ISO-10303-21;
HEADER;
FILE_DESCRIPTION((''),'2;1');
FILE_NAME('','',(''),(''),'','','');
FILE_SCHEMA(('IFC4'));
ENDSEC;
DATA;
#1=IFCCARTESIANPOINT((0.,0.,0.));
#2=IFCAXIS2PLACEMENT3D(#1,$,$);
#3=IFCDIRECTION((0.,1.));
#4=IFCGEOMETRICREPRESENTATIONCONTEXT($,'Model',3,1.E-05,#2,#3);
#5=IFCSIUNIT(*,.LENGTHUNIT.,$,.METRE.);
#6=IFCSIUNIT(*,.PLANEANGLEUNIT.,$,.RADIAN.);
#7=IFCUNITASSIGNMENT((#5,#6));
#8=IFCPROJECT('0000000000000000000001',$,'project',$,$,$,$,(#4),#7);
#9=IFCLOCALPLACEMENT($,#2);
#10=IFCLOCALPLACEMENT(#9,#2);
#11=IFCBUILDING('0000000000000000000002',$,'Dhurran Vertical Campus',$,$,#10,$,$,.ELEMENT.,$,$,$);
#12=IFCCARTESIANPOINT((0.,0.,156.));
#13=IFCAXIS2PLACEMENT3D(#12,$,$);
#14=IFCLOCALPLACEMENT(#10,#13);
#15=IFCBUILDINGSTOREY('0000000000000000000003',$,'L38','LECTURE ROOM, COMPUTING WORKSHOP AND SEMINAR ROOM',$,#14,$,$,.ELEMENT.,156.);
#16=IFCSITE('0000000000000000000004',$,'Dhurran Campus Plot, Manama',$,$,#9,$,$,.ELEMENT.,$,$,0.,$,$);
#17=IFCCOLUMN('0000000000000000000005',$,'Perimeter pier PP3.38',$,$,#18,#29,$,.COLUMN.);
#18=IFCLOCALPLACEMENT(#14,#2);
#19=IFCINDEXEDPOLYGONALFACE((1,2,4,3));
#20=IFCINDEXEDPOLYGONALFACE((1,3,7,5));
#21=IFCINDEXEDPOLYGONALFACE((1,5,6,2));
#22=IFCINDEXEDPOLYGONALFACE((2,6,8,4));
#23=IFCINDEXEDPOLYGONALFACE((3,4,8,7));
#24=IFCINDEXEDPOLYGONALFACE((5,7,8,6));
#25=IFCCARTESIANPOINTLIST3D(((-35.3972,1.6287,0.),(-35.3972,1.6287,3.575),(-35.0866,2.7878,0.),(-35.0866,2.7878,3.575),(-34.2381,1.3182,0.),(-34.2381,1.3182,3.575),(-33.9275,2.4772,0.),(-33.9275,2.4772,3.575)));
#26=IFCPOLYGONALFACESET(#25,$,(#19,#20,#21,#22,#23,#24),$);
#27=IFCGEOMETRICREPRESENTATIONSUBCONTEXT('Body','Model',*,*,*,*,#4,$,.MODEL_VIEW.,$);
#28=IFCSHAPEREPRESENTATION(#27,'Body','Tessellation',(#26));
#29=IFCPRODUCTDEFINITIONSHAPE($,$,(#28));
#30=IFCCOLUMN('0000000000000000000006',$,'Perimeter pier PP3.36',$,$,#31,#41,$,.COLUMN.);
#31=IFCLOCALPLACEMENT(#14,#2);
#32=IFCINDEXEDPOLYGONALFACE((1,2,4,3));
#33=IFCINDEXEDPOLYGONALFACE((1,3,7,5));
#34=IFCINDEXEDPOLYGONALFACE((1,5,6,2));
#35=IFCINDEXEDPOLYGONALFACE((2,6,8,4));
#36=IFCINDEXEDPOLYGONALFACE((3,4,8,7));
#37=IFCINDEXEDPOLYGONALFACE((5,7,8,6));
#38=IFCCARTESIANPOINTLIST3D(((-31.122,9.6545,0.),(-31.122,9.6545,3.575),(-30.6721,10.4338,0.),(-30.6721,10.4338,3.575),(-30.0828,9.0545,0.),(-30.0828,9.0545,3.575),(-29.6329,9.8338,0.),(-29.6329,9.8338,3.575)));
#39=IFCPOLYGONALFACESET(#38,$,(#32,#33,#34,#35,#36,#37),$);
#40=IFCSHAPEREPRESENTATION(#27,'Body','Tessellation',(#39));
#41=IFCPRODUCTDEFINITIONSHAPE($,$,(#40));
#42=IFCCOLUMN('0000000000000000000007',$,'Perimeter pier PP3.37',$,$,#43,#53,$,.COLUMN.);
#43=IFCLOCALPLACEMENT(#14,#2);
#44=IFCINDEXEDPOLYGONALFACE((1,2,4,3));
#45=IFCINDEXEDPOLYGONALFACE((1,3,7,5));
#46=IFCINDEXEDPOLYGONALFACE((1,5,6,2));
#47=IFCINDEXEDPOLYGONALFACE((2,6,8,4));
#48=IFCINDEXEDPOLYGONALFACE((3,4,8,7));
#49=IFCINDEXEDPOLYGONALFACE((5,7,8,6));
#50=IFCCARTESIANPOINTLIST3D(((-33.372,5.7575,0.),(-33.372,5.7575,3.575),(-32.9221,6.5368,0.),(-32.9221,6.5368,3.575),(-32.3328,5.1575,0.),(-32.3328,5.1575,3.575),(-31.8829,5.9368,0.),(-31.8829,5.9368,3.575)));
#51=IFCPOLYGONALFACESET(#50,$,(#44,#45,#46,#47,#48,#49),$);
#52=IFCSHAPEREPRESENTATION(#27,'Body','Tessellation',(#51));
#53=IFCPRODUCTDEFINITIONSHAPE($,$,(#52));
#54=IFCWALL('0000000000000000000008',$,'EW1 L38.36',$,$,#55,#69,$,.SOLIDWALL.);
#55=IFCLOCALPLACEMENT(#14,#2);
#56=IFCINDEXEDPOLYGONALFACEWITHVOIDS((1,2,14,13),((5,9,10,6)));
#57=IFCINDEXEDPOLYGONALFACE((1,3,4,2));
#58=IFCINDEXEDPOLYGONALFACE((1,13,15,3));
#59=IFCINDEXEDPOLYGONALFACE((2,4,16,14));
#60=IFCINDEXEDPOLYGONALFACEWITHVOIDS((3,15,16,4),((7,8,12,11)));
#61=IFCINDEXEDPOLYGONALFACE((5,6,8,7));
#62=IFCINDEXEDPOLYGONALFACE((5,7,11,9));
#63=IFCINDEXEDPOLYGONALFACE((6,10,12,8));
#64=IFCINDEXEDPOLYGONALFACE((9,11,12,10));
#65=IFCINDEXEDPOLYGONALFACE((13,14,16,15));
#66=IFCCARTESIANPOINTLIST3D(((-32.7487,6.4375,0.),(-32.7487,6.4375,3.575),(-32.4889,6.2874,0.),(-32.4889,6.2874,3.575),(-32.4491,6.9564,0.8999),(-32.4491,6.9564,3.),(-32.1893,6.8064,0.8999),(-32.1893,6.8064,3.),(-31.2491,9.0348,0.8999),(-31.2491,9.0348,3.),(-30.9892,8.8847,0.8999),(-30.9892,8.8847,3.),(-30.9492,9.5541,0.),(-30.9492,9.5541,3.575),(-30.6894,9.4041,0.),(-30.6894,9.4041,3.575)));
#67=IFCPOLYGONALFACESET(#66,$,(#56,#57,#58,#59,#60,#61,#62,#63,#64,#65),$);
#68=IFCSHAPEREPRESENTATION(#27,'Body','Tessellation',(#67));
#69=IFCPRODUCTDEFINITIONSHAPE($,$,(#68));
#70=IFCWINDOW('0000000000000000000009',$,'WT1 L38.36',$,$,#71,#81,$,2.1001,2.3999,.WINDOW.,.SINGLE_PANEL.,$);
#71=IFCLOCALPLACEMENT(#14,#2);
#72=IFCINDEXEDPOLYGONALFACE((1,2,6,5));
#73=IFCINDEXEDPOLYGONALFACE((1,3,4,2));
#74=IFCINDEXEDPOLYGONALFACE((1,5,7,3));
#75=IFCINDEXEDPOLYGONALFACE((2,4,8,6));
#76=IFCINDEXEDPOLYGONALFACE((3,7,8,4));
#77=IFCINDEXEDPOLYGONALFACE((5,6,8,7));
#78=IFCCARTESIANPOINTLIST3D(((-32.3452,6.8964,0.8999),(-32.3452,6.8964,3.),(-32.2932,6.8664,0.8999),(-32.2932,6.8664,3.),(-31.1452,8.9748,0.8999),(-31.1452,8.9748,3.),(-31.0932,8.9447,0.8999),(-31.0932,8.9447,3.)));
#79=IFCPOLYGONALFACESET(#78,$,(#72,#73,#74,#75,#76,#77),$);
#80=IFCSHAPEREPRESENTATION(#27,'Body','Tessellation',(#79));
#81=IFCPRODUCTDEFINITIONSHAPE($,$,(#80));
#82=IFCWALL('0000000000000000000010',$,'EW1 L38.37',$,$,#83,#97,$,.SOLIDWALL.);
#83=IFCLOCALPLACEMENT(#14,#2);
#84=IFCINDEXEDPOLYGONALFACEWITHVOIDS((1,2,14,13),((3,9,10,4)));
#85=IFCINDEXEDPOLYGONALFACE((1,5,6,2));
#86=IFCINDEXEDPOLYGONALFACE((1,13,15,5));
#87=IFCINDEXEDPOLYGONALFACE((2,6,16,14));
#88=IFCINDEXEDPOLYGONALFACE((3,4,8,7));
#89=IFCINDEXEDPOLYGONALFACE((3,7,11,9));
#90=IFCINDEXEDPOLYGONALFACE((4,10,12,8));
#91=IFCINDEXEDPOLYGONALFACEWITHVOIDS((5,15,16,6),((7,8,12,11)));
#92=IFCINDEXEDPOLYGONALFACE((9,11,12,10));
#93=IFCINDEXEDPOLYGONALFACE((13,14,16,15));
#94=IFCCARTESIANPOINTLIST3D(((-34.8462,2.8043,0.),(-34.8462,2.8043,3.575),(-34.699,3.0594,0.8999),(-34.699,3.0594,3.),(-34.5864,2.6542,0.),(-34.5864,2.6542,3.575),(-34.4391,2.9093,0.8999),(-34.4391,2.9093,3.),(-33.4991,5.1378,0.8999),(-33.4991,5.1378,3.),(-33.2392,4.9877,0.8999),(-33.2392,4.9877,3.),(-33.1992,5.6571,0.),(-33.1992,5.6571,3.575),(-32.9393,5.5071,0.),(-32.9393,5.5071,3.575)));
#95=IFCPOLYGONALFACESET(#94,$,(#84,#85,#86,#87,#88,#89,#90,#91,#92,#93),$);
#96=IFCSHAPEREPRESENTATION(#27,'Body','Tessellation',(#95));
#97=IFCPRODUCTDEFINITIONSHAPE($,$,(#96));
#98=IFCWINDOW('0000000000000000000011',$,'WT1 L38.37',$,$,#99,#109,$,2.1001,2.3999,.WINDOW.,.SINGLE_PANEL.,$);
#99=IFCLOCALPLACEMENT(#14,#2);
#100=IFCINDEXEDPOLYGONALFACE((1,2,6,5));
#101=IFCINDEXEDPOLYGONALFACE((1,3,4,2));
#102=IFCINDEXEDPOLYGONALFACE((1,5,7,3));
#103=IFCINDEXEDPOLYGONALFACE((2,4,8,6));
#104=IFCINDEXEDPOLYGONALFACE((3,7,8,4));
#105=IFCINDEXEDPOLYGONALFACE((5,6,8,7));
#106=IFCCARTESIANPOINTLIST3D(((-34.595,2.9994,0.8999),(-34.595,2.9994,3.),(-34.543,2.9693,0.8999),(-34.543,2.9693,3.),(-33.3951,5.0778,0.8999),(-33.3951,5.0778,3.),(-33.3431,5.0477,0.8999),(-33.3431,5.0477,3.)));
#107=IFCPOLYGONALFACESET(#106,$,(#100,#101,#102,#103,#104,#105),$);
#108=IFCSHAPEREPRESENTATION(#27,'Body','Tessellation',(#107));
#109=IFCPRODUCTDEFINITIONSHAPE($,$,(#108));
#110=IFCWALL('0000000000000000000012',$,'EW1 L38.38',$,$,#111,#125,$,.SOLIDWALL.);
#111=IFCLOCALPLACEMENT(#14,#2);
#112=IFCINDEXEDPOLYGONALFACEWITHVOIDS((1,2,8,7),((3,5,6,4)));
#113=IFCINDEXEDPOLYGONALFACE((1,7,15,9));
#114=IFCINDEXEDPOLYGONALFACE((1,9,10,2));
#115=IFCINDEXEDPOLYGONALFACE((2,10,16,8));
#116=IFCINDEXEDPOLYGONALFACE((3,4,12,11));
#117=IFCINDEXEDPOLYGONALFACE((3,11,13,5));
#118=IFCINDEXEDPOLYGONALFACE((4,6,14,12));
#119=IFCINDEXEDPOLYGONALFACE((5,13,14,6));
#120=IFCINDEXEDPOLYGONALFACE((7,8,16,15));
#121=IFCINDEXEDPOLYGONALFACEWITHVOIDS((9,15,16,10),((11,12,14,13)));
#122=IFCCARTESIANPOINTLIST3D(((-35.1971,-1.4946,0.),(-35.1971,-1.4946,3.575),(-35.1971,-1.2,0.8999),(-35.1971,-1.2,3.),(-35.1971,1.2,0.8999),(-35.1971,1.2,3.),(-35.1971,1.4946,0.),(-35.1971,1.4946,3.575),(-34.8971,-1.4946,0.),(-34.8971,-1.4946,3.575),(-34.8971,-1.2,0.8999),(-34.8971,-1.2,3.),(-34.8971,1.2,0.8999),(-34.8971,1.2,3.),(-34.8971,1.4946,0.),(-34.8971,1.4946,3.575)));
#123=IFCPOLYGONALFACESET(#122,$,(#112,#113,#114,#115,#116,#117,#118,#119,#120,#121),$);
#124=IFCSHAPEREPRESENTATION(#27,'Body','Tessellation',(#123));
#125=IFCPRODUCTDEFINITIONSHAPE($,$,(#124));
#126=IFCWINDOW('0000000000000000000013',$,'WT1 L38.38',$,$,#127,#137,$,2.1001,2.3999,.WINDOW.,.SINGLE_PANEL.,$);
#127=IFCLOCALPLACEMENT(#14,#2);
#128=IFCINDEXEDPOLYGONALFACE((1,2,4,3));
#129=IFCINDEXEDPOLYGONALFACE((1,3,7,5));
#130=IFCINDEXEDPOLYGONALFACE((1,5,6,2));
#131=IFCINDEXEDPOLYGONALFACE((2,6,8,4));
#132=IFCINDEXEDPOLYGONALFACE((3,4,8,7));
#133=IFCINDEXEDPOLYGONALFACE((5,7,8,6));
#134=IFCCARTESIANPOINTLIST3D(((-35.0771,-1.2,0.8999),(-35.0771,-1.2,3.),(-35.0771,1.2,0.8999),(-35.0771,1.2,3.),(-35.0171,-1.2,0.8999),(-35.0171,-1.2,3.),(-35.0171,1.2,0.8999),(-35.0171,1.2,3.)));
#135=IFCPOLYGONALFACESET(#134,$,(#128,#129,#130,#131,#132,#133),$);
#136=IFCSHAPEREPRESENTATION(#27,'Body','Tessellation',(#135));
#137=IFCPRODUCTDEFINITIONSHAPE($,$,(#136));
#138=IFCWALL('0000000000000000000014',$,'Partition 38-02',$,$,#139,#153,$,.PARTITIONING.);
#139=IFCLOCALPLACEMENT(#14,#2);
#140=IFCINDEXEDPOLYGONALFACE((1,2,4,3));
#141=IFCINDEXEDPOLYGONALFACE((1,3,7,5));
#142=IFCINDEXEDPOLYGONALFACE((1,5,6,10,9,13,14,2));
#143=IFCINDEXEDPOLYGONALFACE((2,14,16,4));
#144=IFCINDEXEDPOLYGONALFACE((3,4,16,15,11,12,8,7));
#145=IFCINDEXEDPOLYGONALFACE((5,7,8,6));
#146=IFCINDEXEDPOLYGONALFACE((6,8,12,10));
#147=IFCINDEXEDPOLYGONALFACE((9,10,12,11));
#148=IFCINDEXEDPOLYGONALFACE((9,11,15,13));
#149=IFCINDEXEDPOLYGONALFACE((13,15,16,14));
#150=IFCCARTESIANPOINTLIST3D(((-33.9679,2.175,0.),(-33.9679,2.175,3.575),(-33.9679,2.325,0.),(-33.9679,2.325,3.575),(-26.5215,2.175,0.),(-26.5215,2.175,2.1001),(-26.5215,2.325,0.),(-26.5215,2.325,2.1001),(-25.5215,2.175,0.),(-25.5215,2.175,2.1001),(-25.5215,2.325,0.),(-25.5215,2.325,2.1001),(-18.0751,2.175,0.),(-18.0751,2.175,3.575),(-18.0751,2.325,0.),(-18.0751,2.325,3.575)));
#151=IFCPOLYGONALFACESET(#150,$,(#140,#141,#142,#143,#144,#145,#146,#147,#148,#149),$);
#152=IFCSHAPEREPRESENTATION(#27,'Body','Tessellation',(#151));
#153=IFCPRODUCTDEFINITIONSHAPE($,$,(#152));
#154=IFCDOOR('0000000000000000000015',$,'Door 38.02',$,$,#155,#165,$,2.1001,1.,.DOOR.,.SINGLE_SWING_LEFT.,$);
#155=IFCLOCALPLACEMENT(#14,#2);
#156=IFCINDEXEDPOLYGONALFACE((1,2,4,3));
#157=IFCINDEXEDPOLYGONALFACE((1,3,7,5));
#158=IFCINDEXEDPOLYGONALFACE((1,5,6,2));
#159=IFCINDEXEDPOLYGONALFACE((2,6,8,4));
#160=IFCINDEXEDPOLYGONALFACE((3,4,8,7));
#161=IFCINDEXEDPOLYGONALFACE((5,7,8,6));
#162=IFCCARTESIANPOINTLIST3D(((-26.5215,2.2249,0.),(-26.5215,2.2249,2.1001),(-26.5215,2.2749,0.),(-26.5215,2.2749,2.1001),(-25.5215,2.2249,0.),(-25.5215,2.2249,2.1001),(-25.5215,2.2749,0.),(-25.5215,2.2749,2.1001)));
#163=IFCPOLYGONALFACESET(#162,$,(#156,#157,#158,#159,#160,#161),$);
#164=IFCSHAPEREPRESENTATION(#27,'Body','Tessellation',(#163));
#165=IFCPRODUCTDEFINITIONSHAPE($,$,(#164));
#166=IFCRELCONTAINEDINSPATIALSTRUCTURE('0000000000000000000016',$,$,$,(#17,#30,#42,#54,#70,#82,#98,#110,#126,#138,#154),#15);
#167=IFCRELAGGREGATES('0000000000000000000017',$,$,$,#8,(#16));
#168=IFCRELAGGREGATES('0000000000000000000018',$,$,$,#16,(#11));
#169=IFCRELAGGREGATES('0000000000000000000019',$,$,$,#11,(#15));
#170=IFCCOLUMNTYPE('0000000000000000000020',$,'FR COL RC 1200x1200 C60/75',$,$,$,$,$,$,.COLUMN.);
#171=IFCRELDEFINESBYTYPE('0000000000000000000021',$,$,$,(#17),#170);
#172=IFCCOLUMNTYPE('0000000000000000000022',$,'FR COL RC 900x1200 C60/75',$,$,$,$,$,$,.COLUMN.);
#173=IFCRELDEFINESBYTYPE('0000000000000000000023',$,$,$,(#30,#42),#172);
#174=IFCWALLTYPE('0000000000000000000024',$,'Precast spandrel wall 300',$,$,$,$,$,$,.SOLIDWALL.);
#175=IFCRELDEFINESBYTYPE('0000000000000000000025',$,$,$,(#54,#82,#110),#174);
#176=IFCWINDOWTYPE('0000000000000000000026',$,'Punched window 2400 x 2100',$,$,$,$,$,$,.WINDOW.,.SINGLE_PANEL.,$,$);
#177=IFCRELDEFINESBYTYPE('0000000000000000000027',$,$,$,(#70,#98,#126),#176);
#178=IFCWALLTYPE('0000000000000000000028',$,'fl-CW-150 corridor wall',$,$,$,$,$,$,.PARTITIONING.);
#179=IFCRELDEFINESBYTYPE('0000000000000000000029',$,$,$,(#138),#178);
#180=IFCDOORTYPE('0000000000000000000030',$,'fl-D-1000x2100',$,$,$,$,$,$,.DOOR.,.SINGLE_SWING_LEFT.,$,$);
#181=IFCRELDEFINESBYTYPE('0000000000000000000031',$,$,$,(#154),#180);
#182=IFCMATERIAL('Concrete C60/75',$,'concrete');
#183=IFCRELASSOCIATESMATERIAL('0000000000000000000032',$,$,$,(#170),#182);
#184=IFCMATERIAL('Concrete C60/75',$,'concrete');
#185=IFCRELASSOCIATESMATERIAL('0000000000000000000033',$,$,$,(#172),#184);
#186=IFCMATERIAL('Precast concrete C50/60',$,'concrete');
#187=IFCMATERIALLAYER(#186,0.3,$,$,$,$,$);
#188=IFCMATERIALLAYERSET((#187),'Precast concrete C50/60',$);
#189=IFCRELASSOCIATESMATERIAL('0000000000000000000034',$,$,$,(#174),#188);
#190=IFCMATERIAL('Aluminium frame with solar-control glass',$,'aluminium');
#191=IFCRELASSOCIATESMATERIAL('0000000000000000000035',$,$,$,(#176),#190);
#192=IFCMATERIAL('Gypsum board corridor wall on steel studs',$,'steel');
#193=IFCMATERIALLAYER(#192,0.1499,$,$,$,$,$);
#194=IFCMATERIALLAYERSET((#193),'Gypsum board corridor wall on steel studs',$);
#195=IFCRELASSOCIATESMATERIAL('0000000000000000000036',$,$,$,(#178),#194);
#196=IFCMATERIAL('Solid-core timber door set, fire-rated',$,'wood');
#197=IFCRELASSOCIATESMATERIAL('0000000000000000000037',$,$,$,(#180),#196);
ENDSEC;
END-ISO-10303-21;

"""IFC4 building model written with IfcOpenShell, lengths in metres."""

from ifc_helpers import new_model, si_unit, direction, frame, frame_2d, origin, origin_2d, place, context, subcontext, project, spatial, rectangle, extrude, material, layer, layer_set, material_profile, profile_set, type_object, element, fill, save


model = new_model("IFC4")

# Units and contexts
model_context = context("Model", 3, precision=1e-05, world=origin(), true_north=direction((0.0, 1.0)))
body_context = subcontext(model_context, "Body", "Model", "MODEL_VIEW")
ifc_project = project(units=[si_unit("LENGTHUNIT", "METRE"), si_unit("PLANEANGLEUNIT", "RADIAN")], contexts=[model_context])

# Site, building, storey
site_placement = place(None, origin())
site = spatial("IfcSite", under=ifc_project, at=site_placement, Name="Dhurran Campus Plot, Manama", CompositionType="ELEMENT", RefElevation=0.0)
building_placement = place(site_placement, origin())
building = spatial("IfcBuilding", under=site, at=building_placement, Name="Dhurran Vertical Campus", CompositionType="ELEMENT")
storey_placement = place(building_placement, frame((0.0, 0.0, 156.0)))
storey = spatial("IfcBuildingStorey", under=building, at=storey_placement, Name="L38", Description="LECTURE ROOM, COMPUTING WORKSHOP AND SEMINAR ROOM", CompositionType="ELEMENT", Elevation=156.0)

# Columns
ifc_material_1 = material(Name="Concrete C60/75", Category="concrete")
ifc_material_profile_1 = material_profile(ifc_material_1, rectangle(XDim=1.2, YDim=1.2, at=origin_2d()), Name="RC 1200x1200")
ifc_profile_set_1 = profile_set([ifc_material_profile_1], Name="Concrete C60/75")
column_type_1 = type_object("IfcColumnType", Name="FR COL RC 1200x1200 C60/75", PredefinedType="COLUMN", material=ifc_profile_set_1)
column_placement = place(storey_placement, frame((-34.6624, 2.053, 0.0), z_axis=(0.0, 0.0, 1.0), x_axis=(-0.258819, -0.965926, 0.0)))
element("IfcColumn", 1, at=column_placement, inside=storey, type_object=column_type_1, Name="Perimeter pier PP3.38", PredefinedType="COLUMN", context=body_context, shape_type="SweptSolid", body=[
    extrude(rectangle(XDim=1.2, YDim=1.2, at=origin_2d()), origin(), (0.0, 0.0, 1.0), 3.575),
])
ifc_material_2 = material(Name="Concrete C60/75", Category="concrete")
ifc_material_profile_2 = material_profile(ifc_material_2, rectangle(XDim=0.8999, YDim=1.2, at=origin_2d()), Name="RC 900x1200")
ifc_profile_set_2 = profile_set([ifc_material_profile_2], Name="Concrete C60/75")
column_type_2 = type_object("IfcColumnType", Name="FR COL RC 900x1200 C60/75", PredefinedType="COLUMN", material=ifc_profile_set_2)
for number, where, z_axis, x_axis, name in (
    (2, (-30.3774, 9.7441, 0.0), (0.0, 0.0, 1.0), (-0.5, -0.866025, 0.0), "Perimeter pier PP3.36"),
    (3, (-32.6274, 5.8472, 0.0), (0.0, 0.0, 1.0), (-0.5, -0.866025, 0.0), "Perimeter pier PP3.37"),
):
    element("IfcColumn", number, at=place(storey_placement, frame(where, z_axis=z_axis, x_axis=x_axis)), inside=storey, type_object=column_type_2, Name=name, PredefinedType="COLUMN", context=body_context, shape_type="SweptSolid", body=[
        extrude(rectangle(XDim=0.8999, YDim=1.2, at=origin_2d()), origin(), (0.0, 0.0, 1.0), 3.575),
    ])

# Walls, openings, windows
ifc_material_3 = material(Name="Precast concrete C50/60", Category="concrete")
ifc_layer_1 = layer(ifc_material_3, 0.3)
ifc_layer_set_1 = layer_set([ifc_layer_1], Name="Precast concrete C50/60")
wall_type_1 = type_object("IfcWallType", Name="Precast spandrel wall 300", PredefinedType="SOLIDWALL", material=ifc_layer_set_1)
wall_1_placement = place(storey_placement, frame((-30.8193, 9.479, 0.0), z_axis=(0.0, 0.0, 1.0), x_axis=(-0.500028, -0.866009, 0.0)))
wall_1 = element("IfcWall", 4, at=wall_1_placement, inside=storey, type_object=wall_type_1, Name="EW1 L38.36", PredefinedType="SOLIDWALL", context=body_context, shape_type="SweptSolid", body=[
    extrude(rectangle(XDim=3.5989, YDim=0.3, at=frame_2d((1.7993, 0.0))), origin(), (0.0, 0.0, 1.0), 3.575),
])
opening_1_placement = place(wall_1_placement, frame((0.5996, 0.0, 0.8999)))
opening_1 = element("IfcOpeningElement", 5, at=opening_1_placement, cuts=wall_1, PredefinedType="OPENING", context=body_context, shape_type="SweptSolid", body=[
    extrude(rectangle(XDim=2.3999, YDim=2.1001, at=frame_2d((1.2, 1.05))), frame((0.0, 0.1599, 0.0), z_axis=(0.0, -1.0, 0.0), x_axis=(1.0, 0.0, 0.0)), (0.0, 0.0, 1.0), 0.3201),
])
ifc_material_4 = material(Name="Aluminium frame with solar-control glass", Category="aluminium")
window_type = type_object("IfcWindowType", Name="Punched window 2400 x 2100", PartitioningType="SINGLE_PANEL", PredefinedType="WINDOW", material=ifc_material_4)
window_1_placement = place(opening_1_placement, origin())
window_1 = element("IfcWindow", 6, at=window_1_placement, inside=storey, type_object=window_type, Name="WT1 L38.36", OverallHeight=2.1001, OverallWidth=2.3999, PartitioningType="SINGLE_PANEL", PredefinedType="WINDOW", context=body_context, shape_type="SweptSolid", body=[
    extrude(rectangle(XDim=2.3999, YDim=2.1001, at=frame_2d((1.2, 1.05))), frame((0.0, 0.03, 0.0), z_axis=(0.0, -1.0, 0.0), x_axis=(1.0, 0.0, 0.0)), (0.0, 0.0, 1.0), 0.0601),
])
fill(opening_1, window_1)
wall_2_placement = place(storey_placement, frame((-33.0693, 5.582, 0.0), z_axis=(0.0, 0.0, 1.0), x_axis=(-0.499981, -0.866036, 0.0)))
wall_2 = element("IfcWall", 7, at=wall_2_placement, inside=storey, type_object=wall_type_1, Name="EW1 L38.37", PredefinedType="SOLIDWALL", context=body_context, shape_type="SweptSolid", body=[
    extrude(rectangle(XDim=3.2942, YDim=0.3, at=frame_2d((1.647, 0.0))), origin(), (0.0, 0.0, 1.0), 3.575),
])
opening_2_placement = place(wall_2_placement, frame((0.5996, 0.0, 0.8999)))
opening_2 = element("IfcOpeningElement", 8, at=opening_2_placement, cuts=wall_2, PredefinedType="OPENING", context=body_context, shape_type="SweptSolid", body=[
    extrude(rectangle(XDim=2.3999, YDim=2.1001, at=frame_2d((1.2, 1.05))), frame((0.0, 0.1599, 0.0), z_axis=(0.0, -1.0, 0.0), x_axis=(1.0, 0.0, 0.0)), (0.0, 0.0, 1.0), 0.3201),
])
window_2_placement = place(opening_2_placement, origin())
window_2 = element("IfcWindow", 9, at=window_2_placement, inside=storey, type_object=window_type, Name="WT1 L38.37", OverallHeight=2.1001, OverallWidth=2.3999, PartitioningType="SINGLE_PANEL", PredefinedType="WINDOW", context=body_context, shape_type="SweptSolid", body=[
    extrude(rectangle(XDim=2.3999, YDim=2.1001, at=frame_2d((1.2, 1.05))), frame((0.0, 0.03, 0.0), z_axis=(0.0, -1.0, 0.0), x_axis=(1.0, 0.0, 0.0)), (0.0, 0.0, 1.0), 0.0601),
])
fill(opening_2, window_2)
wall_3_placement = place(storey_placement, frame((-35.0471, 1.4946, 0.0), z_axis=(0.0, 0.0, 1.0), x_axis=(0.0, -1.0, 0.0)))
wall_3 = element("IfcWall", 10, at=wall_3_placement, inside=storey, type_object=wall_type_1, Name="EW1 L38.38", PredefinedType="SOLIDWALL", context=body_context, shape_type="SweptSolid", body=[
    extrude(rectangle(XDim=2.9893, YDim=0.3, at=frame_2d((1.4946, 0.0))), origin(), (0.0, 0.0, 1.0), 3.575),
])
opening_3_placement = place(wall_3_placement, frame((0.2947, 0.0, 0.8999)))
opening_3 = element("IfcOpeningElement", 11, at=opening_3_placement, cuts=wall_3, PredefinedType="OPENING", context=body_context, shape_type="SweptSolid", body=[
    extrude(rectangle(XDim=2.3999, YDim=2.1001, at=frame_2d((1.2, 1.05))), frame((0.0, 0.1599, 0.0), z_axis=(0.0, -1.0, 0.0), x_axis=(1.0, 0.0, 0.0)), (0.0, 0.0, 1.0), 0.3201),
])
window_3_placement = place(opening_3_placement, origin())
window_3 = element("IfcWindow", 12, at=window_3_placement, inside=storey, type_object=window_type, Name="WT1 L38.38", OverallHeight=2.1001, OverallWidth=2.3999, PartitioningType="SINGLE_PANEL", PredefinedType="WINDOW", context=body_context, shape_type="SweptSolid", body=[
    extrude(rectangle(XDim=2.3999, YDim=2.1001, at=frame_2d((1.2, 1.05))), frame((0.0, 0.03, 0.0), z_axis=(0.0, -1.0, 0.0), x_axis=(1.0, 0.0, 0.0)), (0.0, 0.0, 1.0), 0.0601),
])
fill(opening_3, window_3)

# Wall, opening, door
ifc_material_5 = material(Name="Gypsum board corridor wall on steel studs", Category="steel")
ifc_layer_2 = layer(ifc_material_5, 0.1499)
ifc_layer_set_2 = layer_set([ifc_layer_2], Name="Gypsum board corridor wall on steel studs")
wall_type_2 = type_object("IfcWallType", Name="fl-CW-150 corridor wall", PredefinedType="PARTITIONING", material=ifc_layer_set_2)
wall_4_placement = place(storey_placement, frame((-33.9678, 2.25, 0.0), z_axis=(0.0, 0.0, 1.0), x_axis=(1.0, 0.0, 0.0)))
wall_4 = element("IfcWall", 13, at=wall_4_placement, inside=storey, type_object=wall_type_2, Name="Partition 38-02", PredefinedType="PARTITIONING", context=body_context, shape_type="SweptSolid", body=[
    extrude(rectangle(XDim=15.8928, YDim=0.1499, at=frame_2d((7.9463, 0.0))), origin(), (0.0, 0.0, 1.0), 3.575),
])
opening_4_placement = place(wall_4_placement, frame((7.4463, 0.0, 0.0)))
opening_4 = element("IfcOpeningElement", 14, at=opening_4_placement, cuts=wall_4, PredefinedType="OPENING", context=body_context, shape_type="SweptSolid", body=[
    extrude(rectangle(XDim=1.0, YDim=2.1001, at=frame_2d((0.5, 1.05))), frame((0.0, 0.085, 0.0), z_axis=(0.0, -1.0, 0.0), x_axis=(1.0, 0.0, 0.0)), (0.0, 0.0, 1.0), 0.1699),
])
ifc_material_6 = material(Name="Solid-core timber door set, fire-rated", Category="wood")
door_type = type_object("IfcDoorType", Name="fl-D-1000x2100", OperationType="SINGLE_SWING_LEFT", PredefinedType="DOOR", material=ifc_material_6)
door_placement = place(opening_4_placement, origin())
door = element("IfcDoor", 15, at=door_placement, inside=storey, type_object=door_type, Name="Door 38.02", OperationType="SINGLE_SWING_LEFT", OverallHeight=2.1001, OverallWidth=1.0, PredefinedType="DOOR", context=body_context, shape_type="SweptSolid", body=[
    extrude(rectangle(XDim=1.0, YDim=2.1001, at=frame_2d((0.5, 1.05))), frame((0.0, 0.0249, 0.0), z_axis=(0.0, -1.0, 0.0), x_axis=(1.0, 0.0, 0.0)), (0.0, 0.0, 1.0), 0.05),
])
fill(opening_4, door)

save(model, "model.ifc")
